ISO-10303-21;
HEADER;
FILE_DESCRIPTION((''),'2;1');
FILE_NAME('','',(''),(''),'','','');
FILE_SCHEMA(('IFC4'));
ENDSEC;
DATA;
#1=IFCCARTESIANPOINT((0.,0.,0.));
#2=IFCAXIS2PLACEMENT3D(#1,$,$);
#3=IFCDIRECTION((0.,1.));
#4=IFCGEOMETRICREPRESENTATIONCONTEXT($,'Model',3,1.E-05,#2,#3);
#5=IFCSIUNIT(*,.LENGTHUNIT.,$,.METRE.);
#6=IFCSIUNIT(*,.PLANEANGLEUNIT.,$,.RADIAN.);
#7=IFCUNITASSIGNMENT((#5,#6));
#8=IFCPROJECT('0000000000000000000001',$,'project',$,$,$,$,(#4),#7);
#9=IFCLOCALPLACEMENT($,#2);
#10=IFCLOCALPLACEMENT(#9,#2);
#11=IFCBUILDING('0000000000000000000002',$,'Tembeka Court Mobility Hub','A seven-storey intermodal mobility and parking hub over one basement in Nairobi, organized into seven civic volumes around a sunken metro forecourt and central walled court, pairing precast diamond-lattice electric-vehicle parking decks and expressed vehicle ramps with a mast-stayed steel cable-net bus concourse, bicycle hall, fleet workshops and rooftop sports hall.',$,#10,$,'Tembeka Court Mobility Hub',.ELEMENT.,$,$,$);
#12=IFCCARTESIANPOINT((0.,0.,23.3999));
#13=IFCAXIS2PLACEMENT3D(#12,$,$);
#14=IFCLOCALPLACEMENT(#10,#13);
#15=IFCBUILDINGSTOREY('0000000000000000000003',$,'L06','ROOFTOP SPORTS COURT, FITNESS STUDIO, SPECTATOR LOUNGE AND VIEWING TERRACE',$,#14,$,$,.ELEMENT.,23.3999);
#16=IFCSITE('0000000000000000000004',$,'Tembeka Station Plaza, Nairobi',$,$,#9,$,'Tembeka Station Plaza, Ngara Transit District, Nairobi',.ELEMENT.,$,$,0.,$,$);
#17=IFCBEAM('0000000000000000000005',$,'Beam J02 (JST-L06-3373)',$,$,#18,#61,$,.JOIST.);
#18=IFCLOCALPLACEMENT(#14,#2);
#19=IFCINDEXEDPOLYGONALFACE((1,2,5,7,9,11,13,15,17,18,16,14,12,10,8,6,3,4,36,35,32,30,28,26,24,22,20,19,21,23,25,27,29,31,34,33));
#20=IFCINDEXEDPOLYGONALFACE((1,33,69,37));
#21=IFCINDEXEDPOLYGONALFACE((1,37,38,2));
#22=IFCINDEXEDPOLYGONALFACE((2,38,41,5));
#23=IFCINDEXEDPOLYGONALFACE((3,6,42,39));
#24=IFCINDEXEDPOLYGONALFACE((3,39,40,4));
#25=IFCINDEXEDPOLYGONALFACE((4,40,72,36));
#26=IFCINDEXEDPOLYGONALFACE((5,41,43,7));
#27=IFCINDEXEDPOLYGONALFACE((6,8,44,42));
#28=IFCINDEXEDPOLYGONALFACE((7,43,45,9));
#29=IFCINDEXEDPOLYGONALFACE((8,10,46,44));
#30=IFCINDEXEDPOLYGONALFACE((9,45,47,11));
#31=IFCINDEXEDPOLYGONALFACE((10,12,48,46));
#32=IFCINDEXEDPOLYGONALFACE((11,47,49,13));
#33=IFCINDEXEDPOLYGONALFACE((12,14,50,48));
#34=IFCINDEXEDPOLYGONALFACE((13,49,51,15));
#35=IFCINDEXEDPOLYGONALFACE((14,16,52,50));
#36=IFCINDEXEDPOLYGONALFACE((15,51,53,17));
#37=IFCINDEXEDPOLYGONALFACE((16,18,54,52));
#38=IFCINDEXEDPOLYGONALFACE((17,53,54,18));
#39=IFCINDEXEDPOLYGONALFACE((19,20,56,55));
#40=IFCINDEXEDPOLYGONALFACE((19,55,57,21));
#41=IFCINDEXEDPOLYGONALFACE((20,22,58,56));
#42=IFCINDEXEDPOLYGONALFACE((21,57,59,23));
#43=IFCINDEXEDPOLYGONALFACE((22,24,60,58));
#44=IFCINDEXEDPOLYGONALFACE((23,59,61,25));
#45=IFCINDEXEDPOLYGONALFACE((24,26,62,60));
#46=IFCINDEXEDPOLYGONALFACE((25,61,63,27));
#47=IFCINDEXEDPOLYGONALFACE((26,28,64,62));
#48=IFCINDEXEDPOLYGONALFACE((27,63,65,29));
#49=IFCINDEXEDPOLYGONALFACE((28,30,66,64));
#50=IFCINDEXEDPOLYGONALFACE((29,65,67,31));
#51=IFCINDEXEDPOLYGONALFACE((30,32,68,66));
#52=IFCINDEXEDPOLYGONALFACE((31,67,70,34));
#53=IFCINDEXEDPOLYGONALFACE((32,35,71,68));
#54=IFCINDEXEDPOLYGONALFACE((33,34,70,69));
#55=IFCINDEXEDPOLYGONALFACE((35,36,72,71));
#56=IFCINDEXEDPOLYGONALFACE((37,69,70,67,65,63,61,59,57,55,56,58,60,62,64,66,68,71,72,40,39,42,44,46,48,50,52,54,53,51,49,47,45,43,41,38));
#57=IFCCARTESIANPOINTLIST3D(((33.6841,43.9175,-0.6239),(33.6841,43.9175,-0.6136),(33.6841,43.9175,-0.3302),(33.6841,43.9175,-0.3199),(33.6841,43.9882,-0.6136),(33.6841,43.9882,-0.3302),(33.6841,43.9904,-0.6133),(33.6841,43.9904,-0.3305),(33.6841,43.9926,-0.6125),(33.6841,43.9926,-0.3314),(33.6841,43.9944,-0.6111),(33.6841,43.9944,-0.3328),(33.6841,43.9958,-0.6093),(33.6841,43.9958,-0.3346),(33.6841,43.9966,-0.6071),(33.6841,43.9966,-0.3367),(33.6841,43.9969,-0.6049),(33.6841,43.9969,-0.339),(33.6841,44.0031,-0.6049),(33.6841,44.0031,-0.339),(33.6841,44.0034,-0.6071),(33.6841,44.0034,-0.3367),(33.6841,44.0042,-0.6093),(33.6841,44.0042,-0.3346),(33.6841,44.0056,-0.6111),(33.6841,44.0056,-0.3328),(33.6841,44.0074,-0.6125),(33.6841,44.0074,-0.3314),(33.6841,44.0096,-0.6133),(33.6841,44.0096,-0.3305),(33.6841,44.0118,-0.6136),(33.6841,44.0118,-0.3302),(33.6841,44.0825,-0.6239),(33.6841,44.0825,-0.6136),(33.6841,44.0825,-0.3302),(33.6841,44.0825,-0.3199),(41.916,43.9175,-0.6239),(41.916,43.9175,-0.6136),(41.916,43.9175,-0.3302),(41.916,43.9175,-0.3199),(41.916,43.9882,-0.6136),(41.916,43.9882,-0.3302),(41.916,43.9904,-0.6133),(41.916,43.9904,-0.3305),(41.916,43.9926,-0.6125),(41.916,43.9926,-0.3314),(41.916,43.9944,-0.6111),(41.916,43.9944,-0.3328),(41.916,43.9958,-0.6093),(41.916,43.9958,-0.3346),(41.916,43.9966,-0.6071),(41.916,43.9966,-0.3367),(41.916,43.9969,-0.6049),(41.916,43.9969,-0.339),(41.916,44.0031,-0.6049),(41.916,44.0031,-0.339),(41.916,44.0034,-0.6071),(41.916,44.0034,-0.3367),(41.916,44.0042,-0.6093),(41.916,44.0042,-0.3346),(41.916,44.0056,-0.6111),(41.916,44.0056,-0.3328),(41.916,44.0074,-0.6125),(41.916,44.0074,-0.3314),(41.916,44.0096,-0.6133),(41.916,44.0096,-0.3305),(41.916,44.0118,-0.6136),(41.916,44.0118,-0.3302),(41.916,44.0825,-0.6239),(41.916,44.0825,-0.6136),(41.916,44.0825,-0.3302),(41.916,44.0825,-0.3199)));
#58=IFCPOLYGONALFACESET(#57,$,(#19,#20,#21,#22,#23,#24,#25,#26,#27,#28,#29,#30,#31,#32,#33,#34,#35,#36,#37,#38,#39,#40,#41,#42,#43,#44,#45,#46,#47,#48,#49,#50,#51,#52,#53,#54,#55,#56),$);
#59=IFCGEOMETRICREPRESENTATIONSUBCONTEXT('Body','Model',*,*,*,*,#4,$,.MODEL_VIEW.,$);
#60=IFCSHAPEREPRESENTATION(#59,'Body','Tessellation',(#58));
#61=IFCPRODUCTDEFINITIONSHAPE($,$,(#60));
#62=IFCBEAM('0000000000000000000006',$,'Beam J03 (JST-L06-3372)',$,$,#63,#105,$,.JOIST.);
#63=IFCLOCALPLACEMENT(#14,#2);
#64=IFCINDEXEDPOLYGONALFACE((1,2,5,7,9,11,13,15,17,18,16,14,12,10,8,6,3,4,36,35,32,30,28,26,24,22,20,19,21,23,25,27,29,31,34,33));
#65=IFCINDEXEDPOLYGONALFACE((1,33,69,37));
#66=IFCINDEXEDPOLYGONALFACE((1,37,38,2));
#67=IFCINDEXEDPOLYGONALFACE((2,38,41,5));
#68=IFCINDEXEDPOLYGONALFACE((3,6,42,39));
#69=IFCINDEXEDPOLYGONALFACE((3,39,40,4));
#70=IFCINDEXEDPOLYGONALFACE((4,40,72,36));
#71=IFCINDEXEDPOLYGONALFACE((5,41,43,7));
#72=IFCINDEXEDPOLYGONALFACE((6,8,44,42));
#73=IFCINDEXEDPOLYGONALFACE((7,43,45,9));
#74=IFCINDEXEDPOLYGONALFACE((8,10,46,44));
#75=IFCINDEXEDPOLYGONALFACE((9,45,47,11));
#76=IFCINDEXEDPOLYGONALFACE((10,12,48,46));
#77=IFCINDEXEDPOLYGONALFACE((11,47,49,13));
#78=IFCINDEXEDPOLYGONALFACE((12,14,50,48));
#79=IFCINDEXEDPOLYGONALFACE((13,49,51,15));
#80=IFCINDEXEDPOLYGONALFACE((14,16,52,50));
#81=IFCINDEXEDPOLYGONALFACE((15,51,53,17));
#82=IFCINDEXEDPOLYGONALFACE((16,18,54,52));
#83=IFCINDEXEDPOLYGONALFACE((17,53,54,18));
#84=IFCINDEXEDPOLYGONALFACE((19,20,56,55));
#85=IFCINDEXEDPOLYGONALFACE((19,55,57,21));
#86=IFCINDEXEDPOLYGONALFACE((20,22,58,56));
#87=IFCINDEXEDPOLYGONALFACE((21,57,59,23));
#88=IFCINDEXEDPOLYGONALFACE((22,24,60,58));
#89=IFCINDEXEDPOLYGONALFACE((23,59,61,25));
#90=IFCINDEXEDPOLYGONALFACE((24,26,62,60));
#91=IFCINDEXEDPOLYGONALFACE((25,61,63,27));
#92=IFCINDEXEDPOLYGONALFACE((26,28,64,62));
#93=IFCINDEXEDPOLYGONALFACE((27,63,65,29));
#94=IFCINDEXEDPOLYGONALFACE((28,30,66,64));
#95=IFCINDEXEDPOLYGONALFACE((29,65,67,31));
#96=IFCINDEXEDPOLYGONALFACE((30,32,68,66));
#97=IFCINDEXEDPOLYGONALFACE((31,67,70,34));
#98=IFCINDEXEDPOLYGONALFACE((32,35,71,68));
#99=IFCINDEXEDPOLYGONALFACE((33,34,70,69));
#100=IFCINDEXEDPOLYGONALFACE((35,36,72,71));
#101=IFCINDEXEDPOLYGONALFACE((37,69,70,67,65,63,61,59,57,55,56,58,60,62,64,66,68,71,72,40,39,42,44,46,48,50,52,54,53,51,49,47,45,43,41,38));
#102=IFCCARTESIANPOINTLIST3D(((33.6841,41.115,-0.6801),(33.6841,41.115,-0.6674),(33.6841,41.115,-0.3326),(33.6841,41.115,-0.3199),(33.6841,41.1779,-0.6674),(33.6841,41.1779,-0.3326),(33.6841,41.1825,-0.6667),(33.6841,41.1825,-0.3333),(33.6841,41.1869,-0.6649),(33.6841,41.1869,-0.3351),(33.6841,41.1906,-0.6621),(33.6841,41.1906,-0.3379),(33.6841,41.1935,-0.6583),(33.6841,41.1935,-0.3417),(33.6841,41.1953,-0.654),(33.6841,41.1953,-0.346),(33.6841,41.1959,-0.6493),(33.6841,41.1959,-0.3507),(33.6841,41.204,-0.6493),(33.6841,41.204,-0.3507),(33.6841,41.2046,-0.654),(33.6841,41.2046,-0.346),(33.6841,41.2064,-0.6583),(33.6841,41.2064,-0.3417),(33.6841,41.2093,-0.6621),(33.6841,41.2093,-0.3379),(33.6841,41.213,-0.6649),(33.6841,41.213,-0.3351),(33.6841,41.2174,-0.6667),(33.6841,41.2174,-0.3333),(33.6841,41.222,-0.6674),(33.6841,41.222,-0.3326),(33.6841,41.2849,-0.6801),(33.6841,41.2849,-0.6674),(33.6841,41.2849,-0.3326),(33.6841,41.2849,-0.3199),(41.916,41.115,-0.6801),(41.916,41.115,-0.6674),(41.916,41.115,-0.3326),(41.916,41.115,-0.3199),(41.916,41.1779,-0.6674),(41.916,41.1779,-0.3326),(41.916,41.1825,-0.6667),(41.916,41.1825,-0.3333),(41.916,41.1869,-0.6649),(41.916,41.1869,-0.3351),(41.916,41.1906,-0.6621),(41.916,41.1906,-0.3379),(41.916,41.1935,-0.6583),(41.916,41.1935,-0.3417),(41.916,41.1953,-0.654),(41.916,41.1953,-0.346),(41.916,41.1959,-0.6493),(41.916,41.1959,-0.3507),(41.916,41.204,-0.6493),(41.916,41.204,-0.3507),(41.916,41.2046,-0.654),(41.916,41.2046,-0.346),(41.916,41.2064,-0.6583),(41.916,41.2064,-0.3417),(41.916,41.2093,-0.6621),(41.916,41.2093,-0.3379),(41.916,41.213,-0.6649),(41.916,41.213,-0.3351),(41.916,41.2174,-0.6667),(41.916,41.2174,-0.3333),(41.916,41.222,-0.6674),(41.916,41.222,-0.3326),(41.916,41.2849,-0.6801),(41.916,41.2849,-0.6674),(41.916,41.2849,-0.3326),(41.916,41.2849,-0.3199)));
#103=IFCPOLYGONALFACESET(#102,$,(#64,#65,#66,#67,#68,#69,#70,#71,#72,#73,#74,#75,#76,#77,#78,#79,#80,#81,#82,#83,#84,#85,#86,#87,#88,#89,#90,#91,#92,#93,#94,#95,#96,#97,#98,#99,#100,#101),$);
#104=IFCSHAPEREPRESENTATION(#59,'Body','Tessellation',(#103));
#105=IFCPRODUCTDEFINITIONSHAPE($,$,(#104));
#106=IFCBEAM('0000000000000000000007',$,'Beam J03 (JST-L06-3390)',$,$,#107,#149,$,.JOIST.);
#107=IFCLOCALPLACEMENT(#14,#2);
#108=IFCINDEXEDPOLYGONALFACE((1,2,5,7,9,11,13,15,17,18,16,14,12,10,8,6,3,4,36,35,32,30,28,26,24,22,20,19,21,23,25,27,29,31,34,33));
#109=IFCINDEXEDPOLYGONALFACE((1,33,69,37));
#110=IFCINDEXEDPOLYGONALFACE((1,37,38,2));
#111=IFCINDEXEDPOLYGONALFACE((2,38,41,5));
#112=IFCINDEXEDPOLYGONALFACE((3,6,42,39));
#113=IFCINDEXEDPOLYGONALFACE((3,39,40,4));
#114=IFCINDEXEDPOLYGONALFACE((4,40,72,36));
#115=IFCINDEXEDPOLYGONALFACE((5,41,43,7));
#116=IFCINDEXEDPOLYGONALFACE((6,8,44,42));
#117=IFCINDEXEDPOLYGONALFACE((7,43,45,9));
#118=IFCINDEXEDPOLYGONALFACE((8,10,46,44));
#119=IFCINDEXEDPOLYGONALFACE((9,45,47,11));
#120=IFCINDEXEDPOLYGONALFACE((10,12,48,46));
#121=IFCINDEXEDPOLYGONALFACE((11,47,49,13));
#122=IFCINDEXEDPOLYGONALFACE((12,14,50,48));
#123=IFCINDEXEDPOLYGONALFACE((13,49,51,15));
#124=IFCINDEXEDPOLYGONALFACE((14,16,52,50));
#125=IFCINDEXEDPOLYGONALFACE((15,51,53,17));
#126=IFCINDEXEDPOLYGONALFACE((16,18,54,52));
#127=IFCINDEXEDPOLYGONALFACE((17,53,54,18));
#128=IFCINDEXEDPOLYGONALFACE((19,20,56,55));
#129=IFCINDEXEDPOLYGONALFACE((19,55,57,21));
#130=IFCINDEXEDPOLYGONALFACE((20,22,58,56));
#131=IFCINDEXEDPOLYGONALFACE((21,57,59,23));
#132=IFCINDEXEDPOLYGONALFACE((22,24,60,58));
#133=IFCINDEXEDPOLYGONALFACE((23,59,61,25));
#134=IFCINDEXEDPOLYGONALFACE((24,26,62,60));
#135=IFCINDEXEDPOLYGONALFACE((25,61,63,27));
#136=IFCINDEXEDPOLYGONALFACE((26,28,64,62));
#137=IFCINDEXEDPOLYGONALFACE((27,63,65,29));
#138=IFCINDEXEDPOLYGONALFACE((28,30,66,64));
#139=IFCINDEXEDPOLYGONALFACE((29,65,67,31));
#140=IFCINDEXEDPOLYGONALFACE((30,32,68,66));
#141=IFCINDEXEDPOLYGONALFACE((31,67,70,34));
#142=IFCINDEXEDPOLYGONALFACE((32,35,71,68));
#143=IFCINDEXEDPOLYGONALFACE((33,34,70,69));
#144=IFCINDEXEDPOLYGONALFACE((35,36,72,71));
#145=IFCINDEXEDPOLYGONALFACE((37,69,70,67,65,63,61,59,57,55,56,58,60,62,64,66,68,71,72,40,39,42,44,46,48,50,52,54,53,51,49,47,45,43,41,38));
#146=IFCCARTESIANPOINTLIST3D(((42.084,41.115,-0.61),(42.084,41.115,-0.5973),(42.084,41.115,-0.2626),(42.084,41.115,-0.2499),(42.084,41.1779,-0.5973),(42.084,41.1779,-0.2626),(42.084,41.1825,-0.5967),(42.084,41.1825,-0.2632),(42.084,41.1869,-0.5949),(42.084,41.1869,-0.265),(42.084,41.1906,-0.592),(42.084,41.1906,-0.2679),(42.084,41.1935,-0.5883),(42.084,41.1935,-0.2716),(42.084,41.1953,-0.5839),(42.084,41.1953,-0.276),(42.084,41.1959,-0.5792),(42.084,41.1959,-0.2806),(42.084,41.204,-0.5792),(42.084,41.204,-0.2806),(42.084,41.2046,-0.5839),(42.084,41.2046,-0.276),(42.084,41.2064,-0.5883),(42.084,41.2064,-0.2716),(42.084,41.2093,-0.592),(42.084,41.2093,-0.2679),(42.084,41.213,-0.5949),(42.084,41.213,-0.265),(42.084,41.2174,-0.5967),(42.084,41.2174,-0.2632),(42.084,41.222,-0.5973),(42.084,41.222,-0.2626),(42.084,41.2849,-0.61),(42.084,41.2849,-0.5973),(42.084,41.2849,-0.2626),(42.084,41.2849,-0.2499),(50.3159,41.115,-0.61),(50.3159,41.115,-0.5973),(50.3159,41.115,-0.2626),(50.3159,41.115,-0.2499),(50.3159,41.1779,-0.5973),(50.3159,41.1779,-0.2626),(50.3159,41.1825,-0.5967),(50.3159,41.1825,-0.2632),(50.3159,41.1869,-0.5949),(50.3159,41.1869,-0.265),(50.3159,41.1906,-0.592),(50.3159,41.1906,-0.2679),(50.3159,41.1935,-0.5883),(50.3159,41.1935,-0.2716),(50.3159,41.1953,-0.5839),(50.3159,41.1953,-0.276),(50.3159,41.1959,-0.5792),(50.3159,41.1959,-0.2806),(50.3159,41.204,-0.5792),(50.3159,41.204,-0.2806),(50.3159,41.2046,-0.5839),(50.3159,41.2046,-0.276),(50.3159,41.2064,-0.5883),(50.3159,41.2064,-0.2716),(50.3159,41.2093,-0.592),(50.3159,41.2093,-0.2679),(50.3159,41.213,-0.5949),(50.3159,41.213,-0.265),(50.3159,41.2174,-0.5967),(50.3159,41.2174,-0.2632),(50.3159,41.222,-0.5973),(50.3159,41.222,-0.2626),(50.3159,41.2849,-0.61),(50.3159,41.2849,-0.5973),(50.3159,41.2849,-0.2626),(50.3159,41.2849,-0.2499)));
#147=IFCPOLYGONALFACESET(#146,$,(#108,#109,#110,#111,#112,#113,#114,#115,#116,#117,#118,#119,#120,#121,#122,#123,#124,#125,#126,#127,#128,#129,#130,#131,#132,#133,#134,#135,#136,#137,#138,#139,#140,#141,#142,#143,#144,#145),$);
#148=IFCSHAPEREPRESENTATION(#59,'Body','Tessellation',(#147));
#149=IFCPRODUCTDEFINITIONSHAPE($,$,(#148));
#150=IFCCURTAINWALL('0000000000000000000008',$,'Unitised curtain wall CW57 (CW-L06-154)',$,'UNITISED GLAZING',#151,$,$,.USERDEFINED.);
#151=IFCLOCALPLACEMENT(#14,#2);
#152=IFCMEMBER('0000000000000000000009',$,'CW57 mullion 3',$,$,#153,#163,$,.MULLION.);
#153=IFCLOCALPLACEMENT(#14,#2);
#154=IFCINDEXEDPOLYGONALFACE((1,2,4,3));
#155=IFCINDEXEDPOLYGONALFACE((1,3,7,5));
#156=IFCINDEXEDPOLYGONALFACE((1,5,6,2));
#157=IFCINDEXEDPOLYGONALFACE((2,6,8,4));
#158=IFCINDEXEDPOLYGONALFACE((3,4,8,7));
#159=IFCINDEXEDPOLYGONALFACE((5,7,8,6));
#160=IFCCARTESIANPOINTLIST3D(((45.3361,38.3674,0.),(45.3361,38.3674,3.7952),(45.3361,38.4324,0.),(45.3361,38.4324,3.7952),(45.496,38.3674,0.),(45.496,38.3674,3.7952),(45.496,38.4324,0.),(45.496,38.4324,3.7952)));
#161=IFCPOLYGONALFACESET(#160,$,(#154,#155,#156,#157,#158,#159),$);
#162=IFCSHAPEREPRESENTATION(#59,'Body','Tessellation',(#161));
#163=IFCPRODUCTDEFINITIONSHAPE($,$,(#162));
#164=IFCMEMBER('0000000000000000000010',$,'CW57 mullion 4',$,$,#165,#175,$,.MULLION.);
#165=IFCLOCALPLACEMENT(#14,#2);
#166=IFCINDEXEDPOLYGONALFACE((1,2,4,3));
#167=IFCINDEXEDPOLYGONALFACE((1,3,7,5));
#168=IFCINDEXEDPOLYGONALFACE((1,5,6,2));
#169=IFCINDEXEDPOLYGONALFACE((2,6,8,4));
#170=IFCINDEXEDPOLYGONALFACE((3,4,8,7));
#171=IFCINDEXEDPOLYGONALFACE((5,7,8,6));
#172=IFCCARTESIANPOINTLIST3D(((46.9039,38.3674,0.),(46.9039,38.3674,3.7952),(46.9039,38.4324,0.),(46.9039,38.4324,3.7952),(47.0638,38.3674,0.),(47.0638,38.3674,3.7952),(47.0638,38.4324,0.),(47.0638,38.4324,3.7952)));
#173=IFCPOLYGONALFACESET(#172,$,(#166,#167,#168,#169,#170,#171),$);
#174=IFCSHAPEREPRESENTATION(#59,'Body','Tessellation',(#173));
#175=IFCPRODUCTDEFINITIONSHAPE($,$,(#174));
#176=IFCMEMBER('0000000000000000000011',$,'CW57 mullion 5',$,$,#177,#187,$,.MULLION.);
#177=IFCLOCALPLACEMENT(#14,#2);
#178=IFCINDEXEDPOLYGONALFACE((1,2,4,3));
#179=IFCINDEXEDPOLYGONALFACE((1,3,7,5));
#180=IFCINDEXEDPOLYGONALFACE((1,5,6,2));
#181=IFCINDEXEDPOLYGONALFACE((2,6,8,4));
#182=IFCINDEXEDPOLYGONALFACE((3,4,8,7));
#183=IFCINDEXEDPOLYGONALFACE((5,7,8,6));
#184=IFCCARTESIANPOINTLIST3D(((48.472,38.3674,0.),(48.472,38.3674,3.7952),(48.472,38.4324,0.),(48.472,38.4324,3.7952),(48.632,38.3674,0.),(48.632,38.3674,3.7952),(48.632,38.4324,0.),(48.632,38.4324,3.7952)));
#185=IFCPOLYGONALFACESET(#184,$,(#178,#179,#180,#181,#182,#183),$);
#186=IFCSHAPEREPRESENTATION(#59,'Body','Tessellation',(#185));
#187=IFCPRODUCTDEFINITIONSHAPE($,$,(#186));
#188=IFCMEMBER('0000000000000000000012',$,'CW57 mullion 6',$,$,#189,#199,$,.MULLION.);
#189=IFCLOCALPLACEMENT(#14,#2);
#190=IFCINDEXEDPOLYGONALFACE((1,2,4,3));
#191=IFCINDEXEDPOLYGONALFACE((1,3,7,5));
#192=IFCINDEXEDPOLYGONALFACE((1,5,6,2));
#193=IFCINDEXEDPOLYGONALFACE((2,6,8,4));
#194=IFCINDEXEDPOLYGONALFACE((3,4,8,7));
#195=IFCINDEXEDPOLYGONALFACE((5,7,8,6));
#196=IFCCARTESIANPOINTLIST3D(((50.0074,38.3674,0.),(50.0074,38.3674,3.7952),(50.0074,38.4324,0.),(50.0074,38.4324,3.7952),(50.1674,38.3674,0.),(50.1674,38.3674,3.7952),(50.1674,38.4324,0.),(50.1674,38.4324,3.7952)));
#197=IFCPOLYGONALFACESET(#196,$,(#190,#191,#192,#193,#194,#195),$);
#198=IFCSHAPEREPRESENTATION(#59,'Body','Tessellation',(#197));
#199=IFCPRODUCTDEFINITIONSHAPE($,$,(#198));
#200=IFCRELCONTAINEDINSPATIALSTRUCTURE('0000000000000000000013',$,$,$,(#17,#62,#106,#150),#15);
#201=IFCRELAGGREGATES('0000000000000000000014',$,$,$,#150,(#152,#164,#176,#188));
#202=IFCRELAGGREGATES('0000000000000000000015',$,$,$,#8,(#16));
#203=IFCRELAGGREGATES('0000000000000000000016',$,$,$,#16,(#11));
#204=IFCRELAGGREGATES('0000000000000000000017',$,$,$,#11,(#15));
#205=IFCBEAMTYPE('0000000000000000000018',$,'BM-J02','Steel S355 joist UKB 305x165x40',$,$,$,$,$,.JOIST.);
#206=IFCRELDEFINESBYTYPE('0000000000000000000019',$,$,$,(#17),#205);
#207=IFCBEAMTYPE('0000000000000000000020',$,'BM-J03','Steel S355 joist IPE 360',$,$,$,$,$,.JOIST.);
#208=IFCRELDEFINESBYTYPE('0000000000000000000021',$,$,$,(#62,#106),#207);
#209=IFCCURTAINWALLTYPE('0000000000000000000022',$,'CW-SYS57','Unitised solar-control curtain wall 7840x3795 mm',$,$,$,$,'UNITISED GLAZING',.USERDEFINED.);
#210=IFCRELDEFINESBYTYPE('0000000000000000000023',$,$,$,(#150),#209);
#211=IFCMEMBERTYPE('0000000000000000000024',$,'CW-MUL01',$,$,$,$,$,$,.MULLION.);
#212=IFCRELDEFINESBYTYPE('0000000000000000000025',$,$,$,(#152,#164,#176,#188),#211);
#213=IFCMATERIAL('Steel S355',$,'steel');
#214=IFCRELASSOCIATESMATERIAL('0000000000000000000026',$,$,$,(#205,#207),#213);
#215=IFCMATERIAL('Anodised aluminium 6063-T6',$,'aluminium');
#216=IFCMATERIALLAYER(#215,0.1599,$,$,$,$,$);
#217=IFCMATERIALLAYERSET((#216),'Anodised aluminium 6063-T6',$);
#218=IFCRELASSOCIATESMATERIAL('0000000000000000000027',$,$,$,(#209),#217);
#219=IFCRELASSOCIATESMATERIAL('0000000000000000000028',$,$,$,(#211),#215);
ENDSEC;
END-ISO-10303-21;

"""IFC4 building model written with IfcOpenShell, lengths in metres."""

from ifc_helpers import new_model, si_unit, direction, frame, origin, origin_2d, place, context, subcontext, project, spatial, rectangle, i_section, extrude, material, layer, layer_set, material_profile, profile_set, type_object, element, aggregate, save


model = new_model("IFC4")

# Units and contexts
model_context = context("Model", 3, precision=1e-05, world=origin(), true_north=direction((0.0, 1.0)))
body_context = subcontext(model_context, "Body", "Model", "MODEL_VIEW")
ifc_project = project(units=[si_unit("LENGTHUNIT", "METRE"), si_unit("PLANEANGLEUNIT", "RADIAN")], contexts=[model_context])

# Site, building, storey
site_placement = place(None, origin())
site = spatial("IfcSite", under=ifc_project, at=site_placement, Name="Tembeka Station Plaza, Nairobi", LongName="Tembeka Station Plaza, Ngara Transit District, Nairobi", CompositionType="ELEMENT", RefElevation=0.0)
building_placement = place(site_placement, origin())
building = spatial("IfcBuilding", under=site, at=building_placement, Name="Tembeka Court Mobility Hub", Description="A seven-storey intermodal mobility and parking hub over one basement in Nairobi, organized into seven civic volumes around a sunken metro forecourt and central walled court, pairing precast diamond-lattice electric-vehicle parking decks and expressed vehicle ramps with a mast-stayed steel cable-net bus concourse, bicycle hall, fleet workshops and rooftop sports hall.", LongName="Tembeka Court Mobility Hub", CompositionType="ELEMENT")
storey_placement = place(building_placement, frame((0.0, 0.0, 23.3999)))
storey = spatial("IfcBuildingStorey", under=building, at=storey_placement, Name="L06", Description="ROOFTOP SPORTS COURT, FITNESS STUDIO, SPECTATOR LOUNGE AND VIEWING TERRACE", CompositionType="ELEMENT", Elevation=23.3999)

# Shared definitions
ifc_material_1 = material(Name="Steel S355", Category="steel")

# Beams
ifc_material_profile_1 = material_profile(ifc_material_1, i_section(OverallWidth=0.165, OverallDepth=0.304, WebThickness=0.0061, FlangeThickness=0.0103, FilletRadius=0.0088, at=origin_2d()), Name="UKB 305x165x40")
ifc_profile_set_1 = profile_set([ifc_material_profile_1], Name="Steel S355")
beam_type_1 = type_object("IfcBeamType", Name="BM-J02", Description="Steel S355 joist UKB 305x165x40", PredefinedType="JOIST", material=ifc_profile_set_1)
beam_1_placement = place(storey_placement, frame((33.6841, 44.0, -0.4719), z_axis=(1.0, 0.0, 0.0), x_axis=(0.0, 1.0, 0.0)))
element("IfcBeam", 1, at=beam_1_placement, inside=storey, type_object=beam_type_1, Name="Beam J02 (JST-L06-3373)", PredefinedType="JOIST", context=body_context, shape_type="SweptSolid", body=[
    extrude(i_section(OverallWidth=0.165, OverallDepth=0.304, WebThickness=0.0061, FlangeThickness=0.0103, FilletRadius=0.0088, at=origin_2d()), origin(), (0.0, 0.0, 1.0), 8.2319),
])
ifc_material_profile_2 = material_profile(ifc_material_1, i_section(OverallWidth=0.1699, OverallDepth=0.3601, WebThickness=0.0081, FlangeThickness=0.0127, FilletRadius=0.0181, at=origin_2d()), Name="IPE 360")
ifc_profile_set_2 = profile_set([ifc_material_profile_2], Name="Steel S355")
beam_type_2 = type_object("IfcBeamType", Name="BM-J03", Description="Steel S355 joist IPE 360", PredefinedType="JOIST", material=ifc_profile_set_2)
for number, where, z_axis, x_axis, name in (
    (2, (33.6841, 41.2, -0.5), (1.0, 0.0, 0.0), (0.0, 1.0, 0.0), "Beam J03 (JST-L06-3372)"),
    (3, (42.084, 41.2, -0.4299), (1.0, 0.0, 0.0), (0.0, 1.0, 0.0), "Beam J03 (JST-L06-3390)"),
):
    element("IfcBeam", number, at=place(storey_placement, frame(where, z_axis=z_axis, x_axis=x_axis)), inside=storey, type_object=beam_type_2, Name=name, PredefinedType="JOIST", context=body_context, shape_type="SweptSolid", body=[
        extrude(i_section(OverallWidth=0.1699, OverallDepth=0.3601, WebThickness=0.0081, FlangeThickness=0.0127, FilletRadius=0.0181, at=origin_2d()), origin(), (0.0, 0.0, 1.0), 8.2319),
    ])

# Curtain wall, members
ifc_material_2 = material(Name="Anodised aluminium 6063-T6", Category="aluminium")
ifc_layer_1 = layer(ifc_material_2, 0.1599)
ifc_layer_set_1 = layer_set([ifc_layer_1], Name="Anodised aluminium 6063-T6")
curtain_wall_type = type_object("IfcCurtainWallType", Name="CW-SYS57", Description="Unitised solar-control curtain wall 7840x3795 mm", ElementType="UNITISED GLAZING", PredefinedType="USERDEFINED", material=ifc_layer_set_1)
curtain_wall_1_placement = place(storey_placement, origin())
curtain_wall_1 = element("IfcCurtainWall", 4, at=curtain_wall_1_placement, inside=storey, type_object=curtain_wall_type, Name="Unitised curtain wall CW57 (CW-L06-154)", ObjectType="UNITISED GLAZING", PredefinedType="USERDEFINED")
ifc_material_profile_3 = material_profile(ifc_material_2, rectangle(XDim=0.0649, YDim=0.1599, at=origin_2d()), Name="ALU-MUL 65x160")
ifc_profile_set_3 = profile_set([ifc_material_profile_3], Name="Anodised aluminium 6063-T6")
member_type_1 = type_object("IfcMemberType", Name="CW-MUL01", PredefinedType="MULLION", material=ifc_profile_set_3)
member_1_placement = place(storey_placement, frame((45.416, 38.3999, 0.0), z_axis=(0.0, 0.0, 1.0), x_axis=(0.0, 1.0, 0.0)))
member_1 = element("IfcMember", 5, at=member_1_placement, type_object=member_type_1, Name="CW57 mullion 3", PredefinedType="MULLION", context=body_context, shape_type="SweptSolid", body=[
    extrude(rectangle(XDim=0.0649, YDim=0.1599, at=origin_2d()), origin(), (0.0, 0.0, 1.0), 3.7952),
])
member_2_placement = place(storey_placement, frame((46.9839, 38.3999, 0.0), z_axis=(0.0, 0.0, 1.0), x_axis=(0.0, 1.0, 0.0)))
member_2 = element("IfcMember", 6, at=member_2_placement, type_object=member_type_1, Name="CW57 mullion 4", PredefinedType="MULLION", context=body_context, shape_type="SweptSolid", body=[
    extrude(rectangle(XDim=0.0649, YDim=0.1599, at=origin_2d()), origin(), (0.0, 0.0, 1.0), 3.7952),
])
member_3_placement = place(storey_placement, frame((48.552, 38.3999, 0.0), z_axis=(0.0, 0.0, 1.0), x_axis=(0.0, 1.0, 0.0)))
member_3 = element("IfcMember", 7, at=member_3_placement, type_object=member_type_1, Name="CW57 mullion 5", PredefinedType="MULLION", context=body_context, shape_type="SweptSolid", body=[
    extrude(rectangle(XDim=0.0649, YDim=0.1599, at=origin_2d()), origin(), (0.0, 0.0, 1.0), 3.7952),
])
member_4_placement = place(storey_placement, frame((50.0874, 38.3999, 0.0), z_axis=(0.0, 0.0, 1.0), x_axis=(0.0, 1.0, 0.0)))
member_4 = element("IfcMember", 8, at=member_4_placement, type_object=member_type_1, Name="CW57 mullion 6", PredefinedType="MULLION", context=body_context, shape_type="SweptSolid", body=[
    extrude(rectangle(XDim=0.0649, YDim=0.1599, at=origin_2d()), origin(), (0.0, 0.0, 1.0), 3.7952),
])

aggregate(curtain_wall_1, [member_1, member_2, member_3, member_4])

save(model, "model.ifc")
